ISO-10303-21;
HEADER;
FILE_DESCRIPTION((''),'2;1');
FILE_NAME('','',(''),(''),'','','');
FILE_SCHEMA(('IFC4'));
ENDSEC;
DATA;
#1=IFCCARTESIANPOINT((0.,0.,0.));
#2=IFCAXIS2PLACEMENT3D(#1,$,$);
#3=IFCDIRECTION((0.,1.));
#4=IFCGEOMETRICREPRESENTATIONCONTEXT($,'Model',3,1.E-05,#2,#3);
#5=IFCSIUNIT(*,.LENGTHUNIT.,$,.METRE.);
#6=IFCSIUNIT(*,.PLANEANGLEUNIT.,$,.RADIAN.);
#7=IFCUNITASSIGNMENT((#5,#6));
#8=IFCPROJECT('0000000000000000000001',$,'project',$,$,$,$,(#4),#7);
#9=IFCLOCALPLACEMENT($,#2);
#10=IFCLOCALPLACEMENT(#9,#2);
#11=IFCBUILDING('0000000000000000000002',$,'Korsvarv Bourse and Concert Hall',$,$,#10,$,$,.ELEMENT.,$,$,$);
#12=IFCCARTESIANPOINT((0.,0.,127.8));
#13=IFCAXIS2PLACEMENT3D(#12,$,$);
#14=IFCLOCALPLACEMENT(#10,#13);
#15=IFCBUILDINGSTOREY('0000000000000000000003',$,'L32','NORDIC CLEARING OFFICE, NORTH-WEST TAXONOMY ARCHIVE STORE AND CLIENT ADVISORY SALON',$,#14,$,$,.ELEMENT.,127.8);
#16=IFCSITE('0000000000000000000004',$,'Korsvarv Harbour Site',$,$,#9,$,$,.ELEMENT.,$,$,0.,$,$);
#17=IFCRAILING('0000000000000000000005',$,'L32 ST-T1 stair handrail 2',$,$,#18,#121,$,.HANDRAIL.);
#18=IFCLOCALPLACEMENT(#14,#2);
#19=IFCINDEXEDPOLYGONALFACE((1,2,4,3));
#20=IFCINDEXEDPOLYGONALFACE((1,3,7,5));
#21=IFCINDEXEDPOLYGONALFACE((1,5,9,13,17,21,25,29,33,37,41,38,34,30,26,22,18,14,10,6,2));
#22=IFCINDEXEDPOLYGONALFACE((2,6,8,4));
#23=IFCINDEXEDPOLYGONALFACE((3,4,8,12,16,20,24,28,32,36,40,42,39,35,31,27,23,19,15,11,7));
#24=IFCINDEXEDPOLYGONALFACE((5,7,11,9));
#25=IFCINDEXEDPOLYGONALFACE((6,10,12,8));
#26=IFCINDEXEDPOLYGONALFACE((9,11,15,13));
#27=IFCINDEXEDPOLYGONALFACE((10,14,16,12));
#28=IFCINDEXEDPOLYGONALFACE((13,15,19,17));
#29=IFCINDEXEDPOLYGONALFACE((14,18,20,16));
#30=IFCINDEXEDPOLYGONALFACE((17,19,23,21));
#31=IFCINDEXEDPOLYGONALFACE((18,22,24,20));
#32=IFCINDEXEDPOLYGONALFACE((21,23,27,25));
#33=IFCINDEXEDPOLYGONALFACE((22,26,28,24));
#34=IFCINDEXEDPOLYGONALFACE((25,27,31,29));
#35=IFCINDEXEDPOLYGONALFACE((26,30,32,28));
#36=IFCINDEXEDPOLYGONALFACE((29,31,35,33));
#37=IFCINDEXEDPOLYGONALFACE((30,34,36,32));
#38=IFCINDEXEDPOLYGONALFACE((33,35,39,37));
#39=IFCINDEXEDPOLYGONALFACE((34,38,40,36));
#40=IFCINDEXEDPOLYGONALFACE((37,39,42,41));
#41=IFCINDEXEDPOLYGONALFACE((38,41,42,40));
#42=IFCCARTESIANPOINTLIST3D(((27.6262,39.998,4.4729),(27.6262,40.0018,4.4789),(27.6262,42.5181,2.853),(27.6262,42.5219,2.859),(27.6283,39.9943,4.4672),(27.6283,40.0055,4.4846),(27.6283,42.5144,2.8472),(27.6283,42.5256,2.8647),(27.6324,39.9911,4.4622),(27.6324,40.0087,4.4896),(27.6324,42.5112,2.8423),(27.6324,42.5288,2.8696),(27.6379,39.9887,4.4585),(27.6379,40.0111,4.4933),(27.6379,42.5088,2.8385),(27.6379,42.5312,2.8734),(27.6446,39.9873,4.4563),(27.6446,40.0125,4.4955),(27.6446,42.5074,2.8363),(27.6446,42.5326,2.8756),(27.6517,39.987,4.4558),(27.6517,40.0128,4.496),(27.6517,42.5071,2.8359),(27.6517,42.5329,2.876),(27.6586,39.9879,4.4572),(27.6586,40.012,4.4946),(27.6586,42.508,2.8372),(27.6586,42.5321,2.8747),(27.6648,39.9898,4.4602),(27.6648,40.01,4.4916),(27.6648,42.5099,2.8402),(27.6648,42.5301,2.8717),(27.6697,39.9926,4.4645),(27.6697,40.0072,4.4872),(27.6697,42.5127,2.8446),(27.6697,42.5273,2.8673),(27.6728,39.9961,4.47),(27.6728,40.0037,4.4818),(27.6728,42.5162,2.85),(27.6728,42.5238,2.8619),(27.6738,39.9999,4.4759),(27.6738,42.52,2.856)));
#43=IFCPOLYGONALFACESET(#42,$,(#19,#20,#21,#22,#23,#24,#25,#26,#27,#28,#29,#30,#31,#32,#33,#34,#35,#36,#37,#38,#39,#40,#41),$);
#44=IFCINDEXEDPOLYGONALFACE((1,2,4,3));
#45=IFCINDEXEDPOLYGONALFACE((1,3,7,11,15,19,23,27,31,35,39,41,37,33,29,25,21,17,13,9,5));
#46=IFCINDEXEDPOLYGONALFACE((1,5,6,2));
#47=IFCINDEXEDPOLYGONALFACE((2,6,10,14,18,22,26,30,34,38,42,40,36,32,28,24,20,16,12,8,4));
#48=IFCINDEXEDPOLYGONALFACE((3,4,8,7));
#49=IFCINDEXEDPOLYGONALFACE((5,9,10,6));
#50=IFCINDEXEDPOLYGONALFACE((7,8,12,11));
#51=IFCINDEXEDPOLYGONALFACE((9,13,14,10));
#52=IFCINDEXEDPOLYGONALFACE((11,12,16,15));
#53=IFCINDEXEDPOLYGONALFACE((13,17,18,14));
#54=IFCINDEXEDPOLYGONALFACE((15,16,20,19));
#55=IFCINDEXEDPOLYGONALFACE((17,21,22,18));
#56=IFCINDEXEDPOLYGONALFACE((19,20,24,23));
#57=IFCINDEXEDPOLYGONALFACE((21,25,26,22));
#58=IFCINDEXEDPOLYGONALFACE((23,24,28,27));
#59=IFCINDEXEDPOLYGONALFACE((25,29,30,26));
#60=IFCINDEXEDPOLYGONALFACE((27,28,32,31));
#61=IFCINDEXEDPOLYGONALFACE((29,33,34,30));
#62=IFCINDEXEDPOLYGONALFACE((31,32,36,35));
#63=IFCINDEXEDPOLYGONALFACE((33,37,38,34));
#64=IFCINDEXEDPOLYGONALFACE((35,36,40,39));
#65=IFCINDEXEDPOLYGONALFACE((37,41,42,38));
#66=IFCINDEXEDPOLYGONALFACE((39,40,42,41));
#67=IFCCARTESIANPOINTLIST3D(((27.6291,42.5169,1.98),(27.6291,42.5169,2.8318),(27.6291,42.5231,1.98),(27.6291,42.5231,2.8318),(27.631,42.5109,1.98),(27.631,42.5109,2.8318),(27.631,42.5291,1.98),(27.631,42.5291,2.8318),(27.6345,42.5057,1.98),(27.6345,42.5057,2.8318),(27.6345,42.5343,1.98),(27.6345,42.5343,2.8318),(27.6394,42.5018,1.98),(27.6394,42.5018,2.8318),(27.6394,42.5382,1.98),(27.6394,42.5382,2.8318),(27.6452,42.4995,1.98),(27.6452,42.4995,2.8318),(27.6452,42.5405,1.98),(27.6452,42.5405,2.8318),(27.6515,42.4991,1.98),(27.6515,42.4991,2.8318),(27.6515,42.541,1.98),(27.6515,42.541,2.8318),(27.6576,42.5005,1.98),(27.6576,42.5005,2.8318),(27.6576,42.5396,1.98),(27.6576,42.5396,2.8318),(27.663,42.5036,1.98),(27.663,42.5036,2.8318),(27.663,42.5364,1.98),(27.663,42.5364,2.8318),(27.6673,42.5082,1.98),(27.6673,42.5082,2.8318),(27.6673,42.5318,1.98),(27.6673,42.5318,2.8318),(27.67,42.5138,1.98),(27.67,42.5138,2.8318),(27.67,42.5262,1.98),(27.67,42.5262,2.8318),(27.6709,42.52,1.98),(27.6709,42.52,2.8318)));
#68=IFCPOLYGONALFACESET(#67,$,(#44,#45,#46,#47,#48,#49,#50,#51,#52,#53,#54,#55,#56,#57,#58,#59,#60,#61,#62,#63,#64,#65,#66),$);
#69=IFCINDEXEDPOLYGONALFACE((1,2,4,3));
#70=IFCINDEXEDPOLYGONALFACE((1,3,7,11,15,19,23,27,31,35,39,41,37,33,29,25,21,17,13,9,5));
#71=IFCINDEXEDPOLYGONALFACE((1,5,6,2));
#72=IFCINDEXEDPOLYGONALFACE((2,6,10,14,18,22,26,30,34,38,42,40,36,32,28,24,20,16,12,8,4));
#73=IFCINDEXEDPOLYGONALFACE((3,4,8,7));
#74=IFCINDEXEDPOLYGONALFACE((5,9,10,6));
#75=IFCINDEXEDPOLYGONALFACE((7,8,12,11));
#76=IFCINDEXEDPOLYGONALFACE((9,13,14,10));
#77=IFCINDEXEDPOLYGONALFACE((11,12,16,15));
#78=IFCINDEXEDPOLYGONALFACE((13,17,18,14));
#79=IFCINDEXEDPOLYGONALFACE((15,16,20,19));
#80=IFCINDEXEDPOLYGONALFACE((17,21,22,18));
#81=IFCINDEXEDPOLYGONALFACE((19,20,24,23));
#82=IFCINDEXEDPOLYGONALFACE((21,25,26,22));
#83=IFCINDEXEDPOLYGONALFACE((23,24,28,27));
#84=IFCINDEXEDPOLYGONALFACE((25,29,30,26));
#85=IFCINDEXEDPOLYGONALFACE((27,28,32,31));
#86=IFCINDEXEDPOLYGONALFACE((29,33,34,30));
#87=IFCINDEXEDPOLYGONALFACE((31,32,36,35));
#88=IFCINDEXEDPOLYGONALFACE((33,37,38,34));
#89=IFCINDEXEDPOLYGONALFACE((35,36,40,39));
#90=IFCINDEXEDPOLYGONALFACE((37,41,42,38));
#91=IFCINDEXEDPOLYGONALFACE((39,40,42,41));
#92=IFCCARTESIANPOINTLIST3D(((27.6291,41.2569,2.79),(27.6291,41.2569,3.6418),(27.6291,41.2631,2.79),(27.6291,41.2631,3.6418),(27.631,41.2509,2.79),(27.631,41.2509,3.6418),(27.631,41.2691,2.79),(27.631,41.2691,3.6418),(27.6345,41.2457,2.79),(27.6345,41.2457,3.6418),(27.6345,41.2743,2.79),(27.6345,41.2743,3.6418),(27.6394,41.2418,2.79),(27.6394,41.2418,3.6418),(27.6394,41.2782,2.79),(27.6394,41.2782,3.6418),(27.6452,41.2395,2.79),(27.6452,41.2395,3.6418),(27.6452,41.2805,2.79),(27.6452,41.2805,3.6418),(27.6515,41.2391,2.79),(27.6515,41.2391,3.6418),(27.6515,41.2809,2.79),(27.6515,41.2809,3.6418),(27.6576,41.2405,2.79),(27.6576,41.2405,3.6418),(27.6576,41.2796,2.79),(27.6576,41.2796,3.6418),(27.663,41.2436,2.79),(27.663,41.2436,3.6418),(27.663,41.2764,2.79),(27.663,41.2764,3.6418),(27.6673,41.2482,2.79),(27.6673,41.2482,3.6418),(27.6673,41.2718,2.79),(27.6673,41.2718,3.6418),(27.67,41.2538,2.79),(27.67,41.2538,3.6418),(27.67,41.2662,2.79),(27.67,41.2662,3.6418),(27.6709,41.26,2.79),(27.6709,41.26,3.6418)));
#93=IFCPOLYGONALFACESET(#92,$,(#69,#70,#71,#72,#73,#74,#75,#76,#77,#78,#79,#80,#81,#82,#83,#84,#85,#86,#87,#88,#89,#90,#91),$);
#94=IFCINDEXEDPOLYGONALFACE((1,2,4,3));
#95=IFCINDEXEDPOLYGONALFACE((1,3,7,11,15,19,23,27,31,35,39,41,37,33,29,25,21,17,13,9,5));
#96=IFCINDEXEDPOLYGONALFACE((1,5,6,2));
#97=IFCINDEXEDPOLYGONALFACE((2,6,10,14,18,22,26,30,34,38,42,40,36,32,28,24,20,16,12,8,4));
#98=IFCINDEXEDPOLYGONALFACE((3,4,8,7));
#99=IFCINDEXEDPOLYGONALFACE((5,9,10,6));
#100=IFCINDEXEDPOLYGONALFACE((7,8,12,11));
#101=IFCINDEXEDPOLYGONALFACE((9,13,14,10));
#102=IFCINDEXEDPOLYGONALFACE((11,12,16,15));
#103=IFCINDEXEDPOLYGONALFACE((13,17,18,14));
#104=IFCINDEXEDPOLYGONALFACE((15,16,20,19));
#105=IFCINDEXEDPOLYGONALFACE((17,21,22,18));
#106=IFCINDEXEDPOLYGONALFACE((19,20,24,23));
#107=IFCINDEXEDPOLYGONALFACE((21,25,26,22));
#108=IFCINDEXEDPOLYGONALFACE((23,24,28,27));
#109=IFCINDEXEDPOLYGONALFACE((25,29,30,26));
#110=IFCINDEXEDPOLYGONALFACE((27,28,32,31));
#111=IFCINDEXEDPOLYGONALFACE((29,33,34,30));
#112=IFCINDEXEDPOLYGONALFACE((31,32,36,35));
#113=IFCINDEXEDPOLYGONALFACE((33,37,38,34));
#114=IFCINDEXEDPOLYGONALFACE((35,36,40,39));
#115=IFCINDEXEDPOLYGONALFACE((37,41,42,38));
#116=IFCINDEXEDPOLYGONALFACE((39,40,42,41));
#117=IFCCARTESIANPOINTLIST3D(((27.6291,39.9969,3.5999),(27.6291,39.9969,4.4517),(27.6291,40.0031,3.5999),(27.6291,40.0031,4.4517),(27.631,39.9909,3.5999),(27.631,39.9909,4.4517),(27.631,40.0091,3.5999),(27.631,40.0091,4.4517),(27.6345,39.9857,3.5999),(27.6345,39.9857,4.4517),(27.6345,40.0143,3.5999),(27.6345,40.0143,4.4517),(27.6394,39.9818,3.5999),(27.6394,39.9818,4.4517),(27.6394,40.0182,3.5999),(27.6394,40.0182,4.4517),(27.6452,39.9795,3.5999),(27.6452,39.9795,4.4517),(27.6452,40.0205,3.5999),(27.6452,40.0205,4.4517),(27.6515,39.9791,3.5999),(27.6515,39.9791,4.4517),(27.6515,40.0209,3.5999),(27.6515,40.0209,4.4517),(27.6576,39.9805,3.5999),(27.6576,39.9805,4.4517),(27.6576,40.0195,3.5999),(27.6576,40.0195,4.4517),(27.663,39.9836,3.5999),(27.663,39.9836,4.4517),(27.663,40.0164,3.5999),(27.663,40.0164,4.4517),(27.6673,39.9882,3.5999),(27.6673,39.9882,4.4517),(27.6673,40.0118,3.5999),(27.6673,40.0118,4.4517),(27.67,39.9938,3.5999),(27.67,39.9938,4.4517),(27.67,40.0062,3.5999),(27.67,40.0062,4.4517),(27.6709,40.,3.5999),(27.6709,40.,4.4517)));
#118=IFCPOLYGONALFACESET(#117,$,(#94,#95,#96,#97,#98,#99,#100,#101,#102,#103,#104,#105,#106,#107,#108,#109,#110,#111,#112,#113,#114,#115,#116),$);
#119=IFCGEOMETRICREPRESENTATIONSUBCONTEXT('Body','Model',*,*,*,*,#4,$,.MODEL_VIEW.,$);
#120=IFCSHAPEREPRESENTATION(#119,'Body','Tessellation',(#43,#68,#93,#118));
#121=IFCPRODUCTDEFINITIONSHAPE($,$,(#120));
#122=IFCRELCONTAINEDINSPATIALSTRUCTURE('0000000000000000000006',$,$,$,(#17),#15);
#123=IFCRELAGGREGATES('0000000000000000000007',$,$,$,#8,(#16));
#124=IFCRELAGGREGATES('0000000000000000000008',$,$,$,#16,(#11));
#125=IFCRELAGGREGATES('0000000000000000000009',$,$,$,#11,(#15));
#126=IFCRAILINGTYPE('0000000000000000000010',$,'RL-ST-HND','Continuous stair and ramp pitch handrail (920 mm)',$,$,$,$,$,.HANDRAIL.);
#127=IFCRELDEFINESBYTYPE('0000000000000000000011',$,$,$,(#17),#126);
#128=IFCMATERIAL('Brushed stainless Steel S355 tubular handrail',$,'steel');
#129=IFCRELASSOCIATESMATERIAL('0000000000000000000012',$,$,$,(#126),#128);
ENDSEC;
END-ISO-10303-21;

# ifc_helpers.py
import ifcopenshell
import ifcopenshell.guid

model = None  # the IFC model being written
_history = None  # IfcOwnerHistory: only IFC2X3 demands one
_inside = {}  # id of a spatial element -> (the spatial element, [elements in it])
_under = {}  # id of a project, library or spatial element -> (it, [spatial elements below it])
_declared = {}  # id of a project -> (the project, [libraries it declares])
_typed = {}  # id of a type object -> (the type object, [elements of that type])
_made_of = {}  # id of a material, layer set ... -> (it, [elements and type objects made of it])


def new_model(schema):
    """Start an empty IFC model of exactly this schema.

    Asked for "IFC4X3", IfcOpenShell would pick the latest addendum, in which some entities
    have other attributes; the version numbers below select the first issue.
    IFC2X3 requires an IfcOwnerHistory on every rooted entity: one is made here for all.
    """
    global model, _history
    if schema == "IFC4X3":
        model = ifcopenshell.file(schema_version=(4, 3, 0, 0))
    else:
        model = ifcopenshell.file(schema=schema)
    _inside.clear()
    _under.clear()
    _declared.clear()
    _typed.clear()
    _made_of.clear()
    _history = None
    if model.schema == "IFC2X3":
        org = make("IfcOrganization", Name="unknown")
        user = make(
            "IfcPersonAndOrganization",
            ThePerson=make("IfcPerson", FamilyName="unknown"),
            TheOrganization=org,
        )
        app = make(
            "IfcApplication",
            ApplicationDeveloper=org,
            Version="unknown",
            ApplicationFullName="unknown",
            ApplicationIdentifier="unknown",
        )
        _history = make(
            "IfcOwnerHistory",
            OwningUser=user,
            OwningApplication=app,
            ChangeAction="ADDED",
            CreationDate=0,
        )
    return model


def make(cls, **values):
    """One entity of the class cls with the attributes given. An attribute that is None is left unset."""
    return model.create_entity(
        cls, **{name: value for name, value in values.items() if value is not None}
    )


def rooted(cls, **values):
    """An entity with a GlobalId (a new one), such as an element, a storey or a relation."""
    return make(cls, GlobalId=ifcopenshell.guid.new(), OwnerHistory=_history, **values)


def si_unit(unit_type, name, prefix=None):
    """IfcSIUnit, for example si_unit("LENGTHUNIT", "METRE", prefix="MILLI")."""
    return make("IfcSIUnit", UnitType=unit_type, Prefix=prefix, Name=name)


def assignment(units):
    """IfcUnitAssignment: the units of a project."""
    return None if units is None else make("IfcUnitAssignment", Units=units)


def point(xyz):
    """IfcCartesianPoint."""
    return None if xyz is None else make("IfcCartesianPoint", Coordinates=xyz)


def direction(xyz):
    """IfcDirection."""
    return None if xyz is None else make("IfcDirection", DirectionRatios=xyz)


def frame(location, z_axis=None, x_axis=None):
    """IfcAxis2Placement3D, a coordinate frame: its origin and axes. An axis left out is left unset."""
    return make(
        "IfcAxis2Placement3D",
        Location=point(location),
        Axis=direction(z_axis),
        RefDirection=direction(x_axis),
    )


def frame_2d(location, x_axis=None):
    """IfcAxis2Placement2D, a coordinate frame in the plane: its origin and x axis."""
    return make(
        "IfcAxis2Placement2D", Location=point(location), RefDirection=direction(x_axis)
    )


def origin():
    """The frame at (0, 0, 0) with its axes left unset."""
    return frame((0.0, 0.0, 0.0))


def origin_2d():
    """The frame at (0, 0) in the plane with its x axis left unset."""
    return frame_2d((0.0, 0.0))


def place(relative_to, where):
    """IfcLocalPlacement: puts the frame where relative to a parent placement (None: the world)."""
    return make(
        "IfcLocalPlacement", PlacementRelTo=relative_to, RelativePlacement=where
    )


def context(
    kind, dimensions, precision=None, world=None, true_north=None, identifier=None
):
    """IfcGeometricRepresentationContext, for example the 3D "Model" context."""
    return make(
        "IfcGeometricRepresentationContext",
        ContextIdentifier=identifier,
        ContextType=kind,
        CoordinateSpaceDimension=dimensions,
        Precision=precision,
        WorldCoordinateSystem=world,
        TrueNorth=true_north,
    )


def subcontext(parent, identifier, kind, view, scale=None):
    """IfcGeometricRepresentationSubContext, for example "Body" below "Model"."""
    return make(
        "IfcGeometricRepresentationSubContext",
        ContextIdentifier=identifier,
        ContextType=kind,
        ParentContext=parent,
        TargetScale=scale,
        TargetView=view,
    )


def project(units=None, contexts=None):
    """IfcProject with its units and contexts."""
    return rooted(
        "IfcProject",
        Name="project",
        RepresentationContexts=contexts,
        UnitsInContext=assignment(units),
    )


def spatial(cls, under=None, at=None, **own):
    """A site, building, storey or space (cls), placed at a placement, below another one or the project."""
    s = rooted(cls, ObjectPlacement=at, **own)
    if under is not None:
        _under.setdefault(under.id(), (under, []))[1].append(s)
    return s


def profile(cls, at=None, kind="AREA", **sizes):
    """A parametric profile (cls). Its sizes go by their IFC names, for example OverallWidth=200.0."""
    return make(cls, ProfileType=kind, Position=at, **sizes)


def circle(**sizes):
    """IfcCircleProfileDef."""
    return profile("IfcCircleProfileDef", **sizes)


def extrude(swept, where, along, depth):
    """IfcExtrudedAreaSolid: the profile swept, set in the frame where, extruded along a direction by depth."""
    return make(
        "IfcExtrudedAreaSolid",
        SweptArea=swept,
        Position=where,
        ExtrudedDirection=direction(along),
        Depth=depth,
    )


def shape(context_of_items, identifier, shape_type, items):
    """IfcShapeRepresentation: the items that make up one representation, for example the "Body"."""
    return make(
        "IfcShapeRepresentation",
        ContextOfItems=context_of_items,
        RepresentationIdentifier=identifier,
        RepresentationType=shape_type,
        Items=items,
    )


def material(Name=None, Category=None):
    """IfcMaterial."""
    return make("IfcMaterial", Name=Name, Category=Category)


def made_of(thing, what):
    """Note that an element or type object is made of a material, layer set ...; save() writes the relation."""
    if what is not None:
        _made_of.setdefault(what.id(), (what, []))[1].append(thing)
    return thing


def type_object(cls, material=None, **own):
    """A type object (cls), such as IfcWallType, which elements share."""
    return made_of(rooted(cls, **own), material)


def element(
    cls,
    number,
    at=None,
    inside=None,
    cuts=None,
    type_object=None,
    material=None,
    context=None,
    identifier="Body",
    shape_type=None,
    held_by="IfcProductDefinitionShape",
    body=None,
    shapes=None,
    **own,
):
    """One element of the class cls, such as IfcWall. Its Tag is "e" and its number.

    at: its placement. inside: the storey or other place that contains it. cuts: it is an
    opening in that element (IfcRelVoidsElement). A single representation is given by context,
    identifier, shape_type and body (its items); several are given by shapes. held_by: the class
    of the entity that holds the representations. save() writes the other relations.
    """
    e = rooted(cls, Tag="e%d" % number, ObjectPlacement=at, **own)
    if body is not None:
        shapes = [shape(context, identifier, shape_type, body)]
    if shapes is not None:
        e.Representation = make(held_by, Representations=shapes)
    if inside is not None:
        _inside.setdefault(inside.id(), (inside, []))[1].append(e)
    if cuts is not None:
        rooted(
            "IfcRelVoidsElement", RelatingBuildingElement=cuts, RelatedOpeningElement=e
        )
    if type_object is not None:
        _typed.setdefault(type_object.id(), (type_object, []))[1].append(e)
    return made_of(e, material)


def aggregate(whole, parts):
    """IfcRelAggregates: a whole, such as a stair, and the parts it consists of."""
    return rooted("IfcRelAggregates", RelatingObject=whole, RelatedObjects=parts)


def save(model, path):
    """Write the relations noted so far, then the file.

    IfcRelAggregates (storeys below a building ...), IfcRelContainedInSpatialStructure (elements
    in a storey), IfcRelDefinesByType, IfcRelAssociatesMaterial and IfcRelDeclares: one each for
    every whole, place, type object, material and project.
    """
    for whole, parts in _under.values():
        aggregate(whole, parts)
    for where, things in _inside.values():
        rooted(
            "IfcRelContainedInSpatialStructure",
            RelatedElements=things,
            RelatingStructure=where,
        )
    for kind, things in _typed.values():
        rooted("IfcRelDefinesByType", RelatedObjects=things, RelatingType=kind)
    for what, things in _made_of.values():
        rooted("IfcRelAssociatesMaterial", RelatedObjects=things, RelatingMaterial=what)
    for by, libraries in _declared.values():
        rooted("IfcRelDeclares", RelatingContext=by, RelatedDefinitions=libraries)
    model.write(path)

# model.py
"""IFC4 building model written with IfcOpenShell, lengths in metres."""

from ifc_helpers import new_model, si_unit, direction, frame, origin, origin_2d, place, context, subcontext, project, spatial, circle, extrude, material, type_object, element, save


model = new_model("IFC4")

# Units and contexts
model_context = context("Model", 3, precision=1e-05, world=origin(), true_north=direction((0.0, 1.0)))
body_context = subcontext(model_context, "Body", "Model", "MODEL_VIEW")
ifc_project = project(units=[si_unit("LENGTHUNIT", "METRE"), si_unit("PLANEANGLEUNIT", "RADIAN")], contexts=[model_context])

# Site, building, storey
site_placement = place(None, origin())
site = spatial("IfcSite", under=ifc_project, at=site_placement, Name="Korsvarv Harbour Site", CompositionType="ELEMENT", RefElevation=0.0)
building_placement = place(site_placement, origin())
building = spatial("IfcBuilding", under=site, at=building_placement, Name="Korsvarv Bourse and Concert Hall", CompositionType="ELEMENT")
storey_placement = place(building_placement, frame((0.0, 0.0, 127.8)))
storey = spatial("IfcBuildingStorey", under=building, at=storey_placement, Name="L32", Description="NORDIC CLEARING OFFICE, NORTH-WEST TAXONOMY ARCHIVE STORE AND CLIENT ADVISORY SALON", CompositionType="ELEMENT", Elevation=127.8)

# Railing
ifc_material_1 = material(Name="Brushed stainless Steel S355 tubular handrail", Category="steel")
railing_type_1 = type_object("IfcRailingType", Name="RL-ST-HND", Description="Continuous stair and ramp pitch handrail (920 mm)", PredefinedType="HANDRAIL", material=ifc_material_1)
railing_1_placement = place(storey_placement, frame((27.6499, 42.52, 1.98)))
element("IfcRailing", 1, at=railing_1_placement, inside=storey, type_object=railing_type_1, Name="L32 ST-T1 stair handrail 2", PredefinedType="HANDRAIL", context=body_context, shape_type="SweptSolid", body=[
    extrude(circle(Radius=0.0239, at=origin_2d()), frame((0.0, 0.0, 0.876), z_axis=(0.0, -0.8412, 0.540725), x_axis=(1.0, 0.0, 0.0)), (0.0, 0.0, 1.0), 2.9958),
    extrude(circle(Radius=0.021, at=origin_2d()), origin(), (0.0, 0.0, 1.0), 0.8518),
    extrude(circle(Radius=0.021, at=origin_2d()), frame((0.0, -1.26, 0.8101)), (0.0, 0.0, 1.0), 0.8518),
    extrude(circle(Radius=0.021, at=origin_2d()), frame((0.0, -2.52, 1.6199)), (0.0, 0.0, 1.0), 0.8518),
])

save(model, "model.ifc")
